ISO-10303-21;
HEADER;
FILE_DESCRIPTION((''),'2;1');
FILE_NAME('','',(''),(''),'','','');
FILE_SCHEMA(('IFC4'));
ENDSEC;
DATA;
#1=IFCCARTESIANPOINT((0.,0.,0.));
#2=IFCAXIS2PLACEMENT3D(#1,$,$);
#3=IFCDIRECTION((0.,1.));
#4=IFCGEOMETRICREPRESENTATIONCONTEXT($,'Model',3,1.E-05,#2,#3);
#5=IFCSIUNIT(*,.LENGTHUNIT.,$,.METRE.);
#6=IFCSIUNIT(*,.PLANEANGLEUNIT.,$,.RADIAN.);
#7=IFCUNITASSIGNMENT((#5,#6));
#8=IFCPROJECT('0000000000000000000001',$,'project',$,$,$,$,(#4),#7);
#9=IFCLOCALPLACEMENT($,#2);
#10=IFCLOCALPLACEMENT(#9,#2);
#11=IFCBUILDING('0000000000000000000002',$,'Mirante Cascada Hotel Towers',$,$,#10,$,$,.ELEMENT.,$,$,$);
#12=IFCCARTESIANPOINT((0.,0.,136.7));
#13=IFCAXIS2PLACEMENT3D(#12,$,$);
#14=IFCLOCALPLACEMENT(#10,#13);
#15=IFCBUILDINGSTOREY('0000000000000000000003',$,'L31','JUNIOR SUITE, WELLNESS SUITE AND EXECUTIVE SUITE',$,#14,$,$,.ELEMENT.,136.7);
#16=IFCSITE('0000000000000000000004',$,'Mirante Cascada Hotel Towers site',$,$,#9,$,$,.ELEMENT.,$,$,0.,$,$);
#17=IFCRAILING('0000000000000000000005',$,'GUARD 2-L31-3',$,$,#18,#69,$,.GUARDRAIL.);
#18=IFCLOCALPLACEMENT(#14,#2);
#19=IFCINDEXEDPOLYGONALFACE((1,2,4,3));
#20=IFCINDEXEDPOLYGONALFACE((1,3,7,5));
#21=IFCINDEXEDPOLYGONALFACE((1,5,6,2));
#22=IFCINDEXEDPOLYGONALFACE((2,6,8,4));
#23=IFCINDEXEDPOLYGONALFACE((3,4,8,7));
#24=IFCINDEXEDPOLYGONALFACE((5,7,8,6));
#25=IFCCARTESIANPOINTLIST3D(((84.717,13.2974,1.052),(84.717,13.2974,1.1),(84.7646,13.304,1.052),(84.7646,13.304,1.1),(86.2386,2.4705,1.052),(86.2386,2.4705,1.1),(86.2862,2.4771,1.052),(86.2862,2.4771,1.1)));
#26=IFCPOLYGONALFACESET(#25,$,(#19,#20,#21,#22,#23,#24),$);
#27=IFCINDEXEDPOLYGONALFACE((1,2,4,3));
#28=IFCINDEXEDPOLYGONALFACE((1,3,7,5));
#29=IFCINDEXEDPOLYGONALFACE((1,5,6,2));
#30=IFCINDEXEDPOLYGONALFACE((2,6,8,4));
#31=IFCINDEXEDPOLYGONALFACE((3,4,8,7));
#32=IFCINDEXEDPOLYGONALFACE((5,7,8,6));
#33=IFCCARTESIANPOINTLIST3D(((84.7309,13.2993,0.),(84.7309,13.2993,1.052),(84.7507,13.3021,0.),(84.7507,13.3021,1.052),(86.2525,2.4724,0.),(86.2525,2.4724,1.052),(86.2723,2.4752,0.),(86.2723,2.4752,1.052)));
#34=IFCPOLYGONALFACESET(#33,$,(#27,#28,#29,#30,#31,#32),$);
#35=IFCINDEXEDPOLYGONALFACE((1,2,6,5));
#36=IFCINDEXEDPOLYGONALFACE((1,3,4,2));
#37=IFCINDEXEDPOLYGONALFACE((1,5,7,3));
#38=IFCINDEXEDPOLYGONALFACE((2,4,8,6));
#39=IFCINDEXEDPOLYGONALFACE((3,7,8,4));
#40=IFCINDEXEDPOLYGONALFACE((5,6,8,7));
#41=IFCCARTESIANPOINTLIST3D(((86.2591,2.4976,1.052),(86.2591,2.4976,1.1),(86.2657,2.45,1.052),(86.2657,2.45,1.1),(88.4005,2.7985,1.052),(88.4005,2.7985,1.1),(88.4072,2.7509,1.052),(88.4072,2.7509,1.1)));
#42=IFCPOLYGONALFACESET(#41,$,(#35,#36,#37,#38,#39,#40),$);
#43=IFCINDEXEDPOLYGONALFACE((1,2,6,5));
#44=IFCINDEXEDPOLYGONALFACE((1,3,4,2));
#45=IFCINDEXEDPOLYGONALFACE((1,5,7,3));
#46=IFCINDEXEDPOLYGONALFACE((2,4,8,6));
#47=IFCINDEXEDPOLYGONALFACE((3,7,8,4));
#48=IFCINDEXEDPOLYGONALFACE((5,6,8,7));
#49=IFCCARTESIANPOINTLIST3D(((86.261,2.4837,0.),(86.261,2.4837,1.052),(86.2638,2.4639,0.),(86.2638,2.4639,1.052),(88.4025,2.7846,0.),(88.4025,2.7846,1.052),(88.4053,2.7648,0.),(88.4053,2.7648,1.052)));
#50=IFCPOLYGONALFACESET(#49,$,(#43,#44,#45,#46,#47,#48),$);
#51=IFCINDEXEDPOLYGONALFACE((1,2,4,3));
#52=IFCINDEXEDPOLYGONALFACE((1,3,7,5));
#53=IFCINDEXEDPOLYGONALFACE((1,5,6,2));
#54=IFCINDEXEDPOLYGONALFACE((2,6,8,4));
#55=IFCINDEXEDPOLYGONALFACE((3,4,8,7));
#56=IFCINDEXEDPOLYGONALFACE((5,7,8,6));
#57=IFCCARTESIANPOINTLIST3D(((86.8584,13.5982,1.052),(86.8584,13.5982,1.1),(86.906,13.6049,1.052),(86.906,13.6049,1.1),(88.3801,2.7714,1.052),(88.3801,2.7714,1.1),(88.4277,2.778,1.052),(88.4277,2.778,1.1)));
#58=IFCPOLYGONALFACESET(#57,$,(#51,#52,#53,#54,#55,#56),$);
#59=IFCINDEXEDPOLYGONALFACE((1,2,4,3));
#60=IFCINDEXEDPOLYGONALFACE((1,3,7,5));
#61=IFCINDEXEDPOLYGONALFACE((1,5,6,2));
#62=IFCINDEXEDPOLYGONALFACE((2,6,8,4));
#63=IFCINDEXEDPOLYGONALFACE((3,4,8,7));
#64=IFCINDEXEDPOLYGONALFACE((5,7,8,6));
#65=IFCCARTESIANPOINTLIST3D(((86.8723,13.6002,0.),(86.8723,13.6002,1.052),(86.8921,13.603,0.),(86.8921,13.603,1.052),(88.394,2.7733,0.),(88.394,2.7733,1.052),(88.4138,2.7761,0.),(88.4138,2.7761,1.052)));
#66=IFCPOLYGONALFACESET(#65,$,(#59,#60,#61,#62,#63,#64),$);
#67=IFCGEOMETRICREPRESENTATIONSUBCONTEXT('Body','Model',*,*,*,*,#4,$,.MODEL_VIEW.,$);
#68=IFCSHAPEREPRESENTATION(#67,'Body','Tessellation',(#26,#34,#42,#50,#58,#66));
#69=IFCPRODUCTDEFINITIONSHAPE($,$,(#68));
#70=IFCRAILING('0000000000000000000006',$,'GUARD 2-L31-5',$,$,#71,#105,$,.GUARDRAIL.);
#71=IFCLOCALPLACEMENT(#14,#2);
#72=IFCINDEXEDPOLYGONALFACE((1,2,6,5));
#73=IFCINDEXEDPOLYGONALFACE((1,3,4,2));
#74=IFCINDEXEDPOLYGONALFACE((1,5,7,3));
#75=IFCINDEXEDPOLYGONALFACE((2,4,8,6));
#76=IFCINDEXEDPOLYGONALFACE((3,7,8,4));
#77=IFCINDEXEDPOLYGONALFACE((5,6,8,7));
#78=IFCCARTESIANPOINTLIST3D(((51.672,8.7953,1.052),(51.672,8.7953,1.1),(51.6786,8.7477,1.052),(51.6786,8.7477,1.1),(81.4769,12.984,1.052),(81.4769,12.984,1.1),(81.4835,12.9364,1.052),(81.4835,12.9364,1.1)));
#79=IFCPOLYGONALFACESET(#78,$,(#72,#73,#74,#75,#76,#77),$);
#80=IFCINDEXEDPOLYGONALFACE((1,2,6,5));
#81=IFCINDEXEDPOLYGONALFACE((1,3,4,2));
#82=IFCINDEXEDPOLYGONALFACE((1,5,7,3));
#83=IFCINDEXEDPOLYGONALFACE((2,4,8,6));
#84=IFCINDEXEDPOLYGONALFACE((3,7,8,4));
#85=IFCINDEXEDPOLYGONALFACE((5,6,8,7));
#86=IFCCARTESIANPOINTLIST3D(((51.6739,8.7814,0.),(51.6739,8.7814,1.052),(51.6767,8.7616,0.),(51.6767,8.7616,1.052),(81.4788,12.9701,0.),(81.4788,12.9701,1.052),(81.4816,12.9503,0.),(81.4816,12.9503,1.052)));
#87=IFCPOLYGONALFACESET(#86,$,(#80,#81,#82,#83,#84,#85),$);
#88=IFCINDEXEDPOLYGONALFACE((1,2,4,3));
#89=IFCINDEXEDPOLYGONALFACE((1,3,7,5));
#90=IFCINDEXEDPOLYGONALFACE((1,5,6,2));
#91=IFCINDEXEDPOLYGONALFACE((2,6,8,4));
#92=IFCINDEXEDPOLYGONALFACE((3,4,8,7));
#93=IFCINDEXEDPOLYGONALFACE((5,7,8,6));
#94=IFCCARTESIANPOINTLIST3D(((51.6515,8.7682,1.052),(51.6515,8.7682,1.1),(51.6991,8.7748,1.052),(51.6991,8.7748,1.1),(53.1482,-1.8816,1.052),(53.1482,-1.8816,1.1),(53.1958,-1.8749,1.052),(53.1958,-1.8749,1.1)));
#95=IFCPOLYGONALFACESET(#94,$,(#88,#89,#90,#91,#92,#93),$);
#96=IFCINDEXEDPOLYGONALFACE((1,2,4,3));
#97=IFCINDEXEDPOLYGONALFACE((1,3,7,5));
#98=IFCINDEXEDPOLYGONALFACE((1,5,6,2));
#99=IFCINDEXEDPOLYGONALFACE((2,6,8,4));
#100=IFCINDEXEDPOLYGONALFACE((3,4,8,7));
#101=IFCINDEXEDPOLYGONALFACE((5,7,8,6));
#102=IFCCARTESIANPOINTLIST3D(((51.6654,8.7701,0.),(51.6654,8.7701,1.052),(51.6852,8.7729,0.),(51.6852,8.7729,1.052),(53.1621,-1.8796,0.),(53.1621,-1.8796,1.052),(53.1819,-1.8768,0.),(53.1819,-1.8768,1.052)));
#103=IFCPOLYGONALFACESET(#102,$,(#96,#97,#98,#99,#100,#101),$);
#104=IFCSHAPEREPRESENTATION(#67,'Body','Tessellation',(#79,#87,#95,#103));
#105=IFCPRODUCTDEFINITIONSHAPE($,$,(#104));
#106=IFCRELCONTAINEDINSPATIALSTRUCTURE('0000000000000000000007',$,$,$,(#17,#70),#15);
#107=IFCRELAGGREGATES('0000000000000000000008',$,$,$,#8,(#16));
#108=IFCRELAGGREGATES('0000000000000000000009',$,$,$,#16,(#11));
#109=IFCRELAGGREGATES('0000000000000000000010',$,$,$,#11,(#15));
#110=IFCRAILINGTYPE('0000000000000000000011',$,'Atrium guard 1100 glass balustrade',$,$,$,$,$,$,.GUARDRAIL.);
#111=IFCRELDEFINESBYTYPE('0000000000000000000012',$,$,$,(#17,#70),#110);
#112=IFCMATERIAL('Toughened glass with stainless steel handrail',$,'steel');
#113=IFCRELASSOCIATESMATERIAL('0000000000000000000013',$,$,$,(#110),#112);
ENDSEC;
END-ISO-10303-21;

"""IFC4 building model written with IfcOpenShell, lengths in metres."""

from ifc_helpers import new_model, si_unit, direction, frame, origin, origin_2d, place, context, subcontext, project, spatial, rectangle, extrude, material, type_object, element, save


model = new_model("IFC4")

# Units and contexts
model_context = context("Model", 3, precision=1e-05, world=origin(), true_north=direction((0.0, 1.0)))
body_context = subcontext(model_context, "Body", "Model", "MODEL_VIEW")
ifc_project = project(units=[si_unit("LENGTHUNIT", "METRE"), si_unit("PLANEANGLEUNIT", "RADIAN")], contexts=[model_context])

# Site, building, storey
site_placement = place(None, origin())
site = spatial("IfcSite", under=ifc_project, at=site_placement, Name="Mirante Cascada Hotel Towers site", CompositionType="ELEMENT", RefElevation=0.0)
building_placement = place(site_placement, origin())
building = spatial("IfcBuilding", under=site, at=building_placement, Name="Mirante Cascada Hotel Towers", CompositionType="ELEMENT")
storey_placement = place(building_placement, frame((0.0, 0.0, 136.7)))
storey = spatial("IfcBuildingStorey", under=building, at=storey_placement, Name="L31", Description="JUNIOR SUITE, WELLNESS SUITE AND EXECUTIVE SUITE", CompositionType="ELEMENT", Elevation=136.7)

# Railings
ifc_material_1 = material(Name="Toughened glass with stainless steel handrail", Category="steel")
railing_type = type_object("IfcRailingType", Name="Atrium guard 1100 glass balustrade", PredefinedType="GUARDRAIL", material=ifc_material_1)
railing_1_placement = place(storey_placement, frame((84.7408, 13.3007, 0.0)))
element("IfcRailing", 1, at=railing_1_placement, inside=storey, type_object=railing_type, Name="GUARD 2-L31-3", PredefinedType="GUARDRAIL", context=body_context, shape_type="SweptSolid", body=[
    extrude(rectangle(XDim=0.048, YDim=0.048, at=origin_2d()), frame((0.0, 0.0, 1.076), z_axis=(0.139171, -0.990268, 0.0), x_axis=(0.990268, 0.139171, 0.0)), (0.0, 0.0, 1.0), 10.9333),
    extrude(rectangle(XDim=0.02, YDim=1.052, at=origin_2d()), frame((0.0, 0.0, 0.526), z_axis=(0.139171, -0.990268, 0.0), x_axis=(0.990268, 0.139171, 0.0)), (0.0, 0.0, 1.0), 10.9333),
    extrude(rectangle(XDim=0.048, YDim=0.048, at=origin_2d()), frame((1.5216, -10.8269, 1.076), z_axis=(0.990272, 0.139142, 0.0), x_axis=(-0.139142, 0.990272, 0.0)), (0.0, 0.0, 1.0), 2.1625),
    extrude(rectangle(XDim=0.02, YDim=1.052, at=origin_2d()), frame((1.5216, -10.8269, 0.526), z_axis=(0.990272, 0.139142, 0.0), x_axis=(-0.139142, 0.990272, 0.0)), (0.0, 0.0, 1.0), 2.1625),
    extrude(rectangle(XDim=0.048, YDim=0.048, at=origin_2d()), frame((3.6631, -10.526, 1.076), z_axis=(-0.13918, 0.990267, 0.0), x_axis=(-0.990267, -0.13918, 0.0)), (0.0, 0.0, 1.0), 10.9333),
    extrude(rectangle(XDim=0.02, YDim=1.052, at=origin_2d()), frame((3.6631, -10.526, 0.526), z_axis=(-0.13918, 0.990267, 0.0), x_axis=(-0.990267, -0.13918, 0.0)), (0.0, 0.0, 1.0), 10.9333),
])
railing_2_placement = place(storey_placement, frame((81.4802, 12.9602, 0.0)))
element("IfcRailing", 2, at=railing_2_placement, inside=storey, type_object=railing_type, Name="GUARD 2-L31-5", PredefinedType="GUARDRAIL", context=body_context, shape_type="SweptSolid", body=[
    extrude(rectangle(XDim=0.048, YDim=0.048, at=origin_2d()), frame((0.0, 0.0, 1.076), z_axis=(-0.990269, -0.13917, 0.0), x_axis=(0.13917, -0.990269, 0.0)), (0.0, 0.0, 1.0), 30.0978),
    extrude(rectangle(XDim=0.02, YDim=1.052, at=origin_2d()), frame((0.0, 0.0, 0.526), z_axis=(-0.990269, -0.13917, 0.0), x_axis=(0.13917, -0.990269, 0.0)), (0.0, 0.0, 1.0), 30.0978),
    extrude(rectangle(XDim=0.048, YDim=0.048, at=origin_2d()), frame((-29.8049, -4.1887, 1.076), z_axis=(0.139172, -0.990268, 0.0), x_axis=(0.990268, 0.139172, 0.0)), (0.0, 0.0, 1.0), 10.7544),
    extrude(rectangle(XDim=0.02, YDim=1.052, at=origin_2d()), frame((-29.8049, -4.1887, 0.526), z_axis=(0.139172, -0.990268, 0.0), x_axis=(0.990268, 0.139172, 0.0)), (0.0, 0.0, 1.0), 10.7544),
])

save(model, "model.ifc")
